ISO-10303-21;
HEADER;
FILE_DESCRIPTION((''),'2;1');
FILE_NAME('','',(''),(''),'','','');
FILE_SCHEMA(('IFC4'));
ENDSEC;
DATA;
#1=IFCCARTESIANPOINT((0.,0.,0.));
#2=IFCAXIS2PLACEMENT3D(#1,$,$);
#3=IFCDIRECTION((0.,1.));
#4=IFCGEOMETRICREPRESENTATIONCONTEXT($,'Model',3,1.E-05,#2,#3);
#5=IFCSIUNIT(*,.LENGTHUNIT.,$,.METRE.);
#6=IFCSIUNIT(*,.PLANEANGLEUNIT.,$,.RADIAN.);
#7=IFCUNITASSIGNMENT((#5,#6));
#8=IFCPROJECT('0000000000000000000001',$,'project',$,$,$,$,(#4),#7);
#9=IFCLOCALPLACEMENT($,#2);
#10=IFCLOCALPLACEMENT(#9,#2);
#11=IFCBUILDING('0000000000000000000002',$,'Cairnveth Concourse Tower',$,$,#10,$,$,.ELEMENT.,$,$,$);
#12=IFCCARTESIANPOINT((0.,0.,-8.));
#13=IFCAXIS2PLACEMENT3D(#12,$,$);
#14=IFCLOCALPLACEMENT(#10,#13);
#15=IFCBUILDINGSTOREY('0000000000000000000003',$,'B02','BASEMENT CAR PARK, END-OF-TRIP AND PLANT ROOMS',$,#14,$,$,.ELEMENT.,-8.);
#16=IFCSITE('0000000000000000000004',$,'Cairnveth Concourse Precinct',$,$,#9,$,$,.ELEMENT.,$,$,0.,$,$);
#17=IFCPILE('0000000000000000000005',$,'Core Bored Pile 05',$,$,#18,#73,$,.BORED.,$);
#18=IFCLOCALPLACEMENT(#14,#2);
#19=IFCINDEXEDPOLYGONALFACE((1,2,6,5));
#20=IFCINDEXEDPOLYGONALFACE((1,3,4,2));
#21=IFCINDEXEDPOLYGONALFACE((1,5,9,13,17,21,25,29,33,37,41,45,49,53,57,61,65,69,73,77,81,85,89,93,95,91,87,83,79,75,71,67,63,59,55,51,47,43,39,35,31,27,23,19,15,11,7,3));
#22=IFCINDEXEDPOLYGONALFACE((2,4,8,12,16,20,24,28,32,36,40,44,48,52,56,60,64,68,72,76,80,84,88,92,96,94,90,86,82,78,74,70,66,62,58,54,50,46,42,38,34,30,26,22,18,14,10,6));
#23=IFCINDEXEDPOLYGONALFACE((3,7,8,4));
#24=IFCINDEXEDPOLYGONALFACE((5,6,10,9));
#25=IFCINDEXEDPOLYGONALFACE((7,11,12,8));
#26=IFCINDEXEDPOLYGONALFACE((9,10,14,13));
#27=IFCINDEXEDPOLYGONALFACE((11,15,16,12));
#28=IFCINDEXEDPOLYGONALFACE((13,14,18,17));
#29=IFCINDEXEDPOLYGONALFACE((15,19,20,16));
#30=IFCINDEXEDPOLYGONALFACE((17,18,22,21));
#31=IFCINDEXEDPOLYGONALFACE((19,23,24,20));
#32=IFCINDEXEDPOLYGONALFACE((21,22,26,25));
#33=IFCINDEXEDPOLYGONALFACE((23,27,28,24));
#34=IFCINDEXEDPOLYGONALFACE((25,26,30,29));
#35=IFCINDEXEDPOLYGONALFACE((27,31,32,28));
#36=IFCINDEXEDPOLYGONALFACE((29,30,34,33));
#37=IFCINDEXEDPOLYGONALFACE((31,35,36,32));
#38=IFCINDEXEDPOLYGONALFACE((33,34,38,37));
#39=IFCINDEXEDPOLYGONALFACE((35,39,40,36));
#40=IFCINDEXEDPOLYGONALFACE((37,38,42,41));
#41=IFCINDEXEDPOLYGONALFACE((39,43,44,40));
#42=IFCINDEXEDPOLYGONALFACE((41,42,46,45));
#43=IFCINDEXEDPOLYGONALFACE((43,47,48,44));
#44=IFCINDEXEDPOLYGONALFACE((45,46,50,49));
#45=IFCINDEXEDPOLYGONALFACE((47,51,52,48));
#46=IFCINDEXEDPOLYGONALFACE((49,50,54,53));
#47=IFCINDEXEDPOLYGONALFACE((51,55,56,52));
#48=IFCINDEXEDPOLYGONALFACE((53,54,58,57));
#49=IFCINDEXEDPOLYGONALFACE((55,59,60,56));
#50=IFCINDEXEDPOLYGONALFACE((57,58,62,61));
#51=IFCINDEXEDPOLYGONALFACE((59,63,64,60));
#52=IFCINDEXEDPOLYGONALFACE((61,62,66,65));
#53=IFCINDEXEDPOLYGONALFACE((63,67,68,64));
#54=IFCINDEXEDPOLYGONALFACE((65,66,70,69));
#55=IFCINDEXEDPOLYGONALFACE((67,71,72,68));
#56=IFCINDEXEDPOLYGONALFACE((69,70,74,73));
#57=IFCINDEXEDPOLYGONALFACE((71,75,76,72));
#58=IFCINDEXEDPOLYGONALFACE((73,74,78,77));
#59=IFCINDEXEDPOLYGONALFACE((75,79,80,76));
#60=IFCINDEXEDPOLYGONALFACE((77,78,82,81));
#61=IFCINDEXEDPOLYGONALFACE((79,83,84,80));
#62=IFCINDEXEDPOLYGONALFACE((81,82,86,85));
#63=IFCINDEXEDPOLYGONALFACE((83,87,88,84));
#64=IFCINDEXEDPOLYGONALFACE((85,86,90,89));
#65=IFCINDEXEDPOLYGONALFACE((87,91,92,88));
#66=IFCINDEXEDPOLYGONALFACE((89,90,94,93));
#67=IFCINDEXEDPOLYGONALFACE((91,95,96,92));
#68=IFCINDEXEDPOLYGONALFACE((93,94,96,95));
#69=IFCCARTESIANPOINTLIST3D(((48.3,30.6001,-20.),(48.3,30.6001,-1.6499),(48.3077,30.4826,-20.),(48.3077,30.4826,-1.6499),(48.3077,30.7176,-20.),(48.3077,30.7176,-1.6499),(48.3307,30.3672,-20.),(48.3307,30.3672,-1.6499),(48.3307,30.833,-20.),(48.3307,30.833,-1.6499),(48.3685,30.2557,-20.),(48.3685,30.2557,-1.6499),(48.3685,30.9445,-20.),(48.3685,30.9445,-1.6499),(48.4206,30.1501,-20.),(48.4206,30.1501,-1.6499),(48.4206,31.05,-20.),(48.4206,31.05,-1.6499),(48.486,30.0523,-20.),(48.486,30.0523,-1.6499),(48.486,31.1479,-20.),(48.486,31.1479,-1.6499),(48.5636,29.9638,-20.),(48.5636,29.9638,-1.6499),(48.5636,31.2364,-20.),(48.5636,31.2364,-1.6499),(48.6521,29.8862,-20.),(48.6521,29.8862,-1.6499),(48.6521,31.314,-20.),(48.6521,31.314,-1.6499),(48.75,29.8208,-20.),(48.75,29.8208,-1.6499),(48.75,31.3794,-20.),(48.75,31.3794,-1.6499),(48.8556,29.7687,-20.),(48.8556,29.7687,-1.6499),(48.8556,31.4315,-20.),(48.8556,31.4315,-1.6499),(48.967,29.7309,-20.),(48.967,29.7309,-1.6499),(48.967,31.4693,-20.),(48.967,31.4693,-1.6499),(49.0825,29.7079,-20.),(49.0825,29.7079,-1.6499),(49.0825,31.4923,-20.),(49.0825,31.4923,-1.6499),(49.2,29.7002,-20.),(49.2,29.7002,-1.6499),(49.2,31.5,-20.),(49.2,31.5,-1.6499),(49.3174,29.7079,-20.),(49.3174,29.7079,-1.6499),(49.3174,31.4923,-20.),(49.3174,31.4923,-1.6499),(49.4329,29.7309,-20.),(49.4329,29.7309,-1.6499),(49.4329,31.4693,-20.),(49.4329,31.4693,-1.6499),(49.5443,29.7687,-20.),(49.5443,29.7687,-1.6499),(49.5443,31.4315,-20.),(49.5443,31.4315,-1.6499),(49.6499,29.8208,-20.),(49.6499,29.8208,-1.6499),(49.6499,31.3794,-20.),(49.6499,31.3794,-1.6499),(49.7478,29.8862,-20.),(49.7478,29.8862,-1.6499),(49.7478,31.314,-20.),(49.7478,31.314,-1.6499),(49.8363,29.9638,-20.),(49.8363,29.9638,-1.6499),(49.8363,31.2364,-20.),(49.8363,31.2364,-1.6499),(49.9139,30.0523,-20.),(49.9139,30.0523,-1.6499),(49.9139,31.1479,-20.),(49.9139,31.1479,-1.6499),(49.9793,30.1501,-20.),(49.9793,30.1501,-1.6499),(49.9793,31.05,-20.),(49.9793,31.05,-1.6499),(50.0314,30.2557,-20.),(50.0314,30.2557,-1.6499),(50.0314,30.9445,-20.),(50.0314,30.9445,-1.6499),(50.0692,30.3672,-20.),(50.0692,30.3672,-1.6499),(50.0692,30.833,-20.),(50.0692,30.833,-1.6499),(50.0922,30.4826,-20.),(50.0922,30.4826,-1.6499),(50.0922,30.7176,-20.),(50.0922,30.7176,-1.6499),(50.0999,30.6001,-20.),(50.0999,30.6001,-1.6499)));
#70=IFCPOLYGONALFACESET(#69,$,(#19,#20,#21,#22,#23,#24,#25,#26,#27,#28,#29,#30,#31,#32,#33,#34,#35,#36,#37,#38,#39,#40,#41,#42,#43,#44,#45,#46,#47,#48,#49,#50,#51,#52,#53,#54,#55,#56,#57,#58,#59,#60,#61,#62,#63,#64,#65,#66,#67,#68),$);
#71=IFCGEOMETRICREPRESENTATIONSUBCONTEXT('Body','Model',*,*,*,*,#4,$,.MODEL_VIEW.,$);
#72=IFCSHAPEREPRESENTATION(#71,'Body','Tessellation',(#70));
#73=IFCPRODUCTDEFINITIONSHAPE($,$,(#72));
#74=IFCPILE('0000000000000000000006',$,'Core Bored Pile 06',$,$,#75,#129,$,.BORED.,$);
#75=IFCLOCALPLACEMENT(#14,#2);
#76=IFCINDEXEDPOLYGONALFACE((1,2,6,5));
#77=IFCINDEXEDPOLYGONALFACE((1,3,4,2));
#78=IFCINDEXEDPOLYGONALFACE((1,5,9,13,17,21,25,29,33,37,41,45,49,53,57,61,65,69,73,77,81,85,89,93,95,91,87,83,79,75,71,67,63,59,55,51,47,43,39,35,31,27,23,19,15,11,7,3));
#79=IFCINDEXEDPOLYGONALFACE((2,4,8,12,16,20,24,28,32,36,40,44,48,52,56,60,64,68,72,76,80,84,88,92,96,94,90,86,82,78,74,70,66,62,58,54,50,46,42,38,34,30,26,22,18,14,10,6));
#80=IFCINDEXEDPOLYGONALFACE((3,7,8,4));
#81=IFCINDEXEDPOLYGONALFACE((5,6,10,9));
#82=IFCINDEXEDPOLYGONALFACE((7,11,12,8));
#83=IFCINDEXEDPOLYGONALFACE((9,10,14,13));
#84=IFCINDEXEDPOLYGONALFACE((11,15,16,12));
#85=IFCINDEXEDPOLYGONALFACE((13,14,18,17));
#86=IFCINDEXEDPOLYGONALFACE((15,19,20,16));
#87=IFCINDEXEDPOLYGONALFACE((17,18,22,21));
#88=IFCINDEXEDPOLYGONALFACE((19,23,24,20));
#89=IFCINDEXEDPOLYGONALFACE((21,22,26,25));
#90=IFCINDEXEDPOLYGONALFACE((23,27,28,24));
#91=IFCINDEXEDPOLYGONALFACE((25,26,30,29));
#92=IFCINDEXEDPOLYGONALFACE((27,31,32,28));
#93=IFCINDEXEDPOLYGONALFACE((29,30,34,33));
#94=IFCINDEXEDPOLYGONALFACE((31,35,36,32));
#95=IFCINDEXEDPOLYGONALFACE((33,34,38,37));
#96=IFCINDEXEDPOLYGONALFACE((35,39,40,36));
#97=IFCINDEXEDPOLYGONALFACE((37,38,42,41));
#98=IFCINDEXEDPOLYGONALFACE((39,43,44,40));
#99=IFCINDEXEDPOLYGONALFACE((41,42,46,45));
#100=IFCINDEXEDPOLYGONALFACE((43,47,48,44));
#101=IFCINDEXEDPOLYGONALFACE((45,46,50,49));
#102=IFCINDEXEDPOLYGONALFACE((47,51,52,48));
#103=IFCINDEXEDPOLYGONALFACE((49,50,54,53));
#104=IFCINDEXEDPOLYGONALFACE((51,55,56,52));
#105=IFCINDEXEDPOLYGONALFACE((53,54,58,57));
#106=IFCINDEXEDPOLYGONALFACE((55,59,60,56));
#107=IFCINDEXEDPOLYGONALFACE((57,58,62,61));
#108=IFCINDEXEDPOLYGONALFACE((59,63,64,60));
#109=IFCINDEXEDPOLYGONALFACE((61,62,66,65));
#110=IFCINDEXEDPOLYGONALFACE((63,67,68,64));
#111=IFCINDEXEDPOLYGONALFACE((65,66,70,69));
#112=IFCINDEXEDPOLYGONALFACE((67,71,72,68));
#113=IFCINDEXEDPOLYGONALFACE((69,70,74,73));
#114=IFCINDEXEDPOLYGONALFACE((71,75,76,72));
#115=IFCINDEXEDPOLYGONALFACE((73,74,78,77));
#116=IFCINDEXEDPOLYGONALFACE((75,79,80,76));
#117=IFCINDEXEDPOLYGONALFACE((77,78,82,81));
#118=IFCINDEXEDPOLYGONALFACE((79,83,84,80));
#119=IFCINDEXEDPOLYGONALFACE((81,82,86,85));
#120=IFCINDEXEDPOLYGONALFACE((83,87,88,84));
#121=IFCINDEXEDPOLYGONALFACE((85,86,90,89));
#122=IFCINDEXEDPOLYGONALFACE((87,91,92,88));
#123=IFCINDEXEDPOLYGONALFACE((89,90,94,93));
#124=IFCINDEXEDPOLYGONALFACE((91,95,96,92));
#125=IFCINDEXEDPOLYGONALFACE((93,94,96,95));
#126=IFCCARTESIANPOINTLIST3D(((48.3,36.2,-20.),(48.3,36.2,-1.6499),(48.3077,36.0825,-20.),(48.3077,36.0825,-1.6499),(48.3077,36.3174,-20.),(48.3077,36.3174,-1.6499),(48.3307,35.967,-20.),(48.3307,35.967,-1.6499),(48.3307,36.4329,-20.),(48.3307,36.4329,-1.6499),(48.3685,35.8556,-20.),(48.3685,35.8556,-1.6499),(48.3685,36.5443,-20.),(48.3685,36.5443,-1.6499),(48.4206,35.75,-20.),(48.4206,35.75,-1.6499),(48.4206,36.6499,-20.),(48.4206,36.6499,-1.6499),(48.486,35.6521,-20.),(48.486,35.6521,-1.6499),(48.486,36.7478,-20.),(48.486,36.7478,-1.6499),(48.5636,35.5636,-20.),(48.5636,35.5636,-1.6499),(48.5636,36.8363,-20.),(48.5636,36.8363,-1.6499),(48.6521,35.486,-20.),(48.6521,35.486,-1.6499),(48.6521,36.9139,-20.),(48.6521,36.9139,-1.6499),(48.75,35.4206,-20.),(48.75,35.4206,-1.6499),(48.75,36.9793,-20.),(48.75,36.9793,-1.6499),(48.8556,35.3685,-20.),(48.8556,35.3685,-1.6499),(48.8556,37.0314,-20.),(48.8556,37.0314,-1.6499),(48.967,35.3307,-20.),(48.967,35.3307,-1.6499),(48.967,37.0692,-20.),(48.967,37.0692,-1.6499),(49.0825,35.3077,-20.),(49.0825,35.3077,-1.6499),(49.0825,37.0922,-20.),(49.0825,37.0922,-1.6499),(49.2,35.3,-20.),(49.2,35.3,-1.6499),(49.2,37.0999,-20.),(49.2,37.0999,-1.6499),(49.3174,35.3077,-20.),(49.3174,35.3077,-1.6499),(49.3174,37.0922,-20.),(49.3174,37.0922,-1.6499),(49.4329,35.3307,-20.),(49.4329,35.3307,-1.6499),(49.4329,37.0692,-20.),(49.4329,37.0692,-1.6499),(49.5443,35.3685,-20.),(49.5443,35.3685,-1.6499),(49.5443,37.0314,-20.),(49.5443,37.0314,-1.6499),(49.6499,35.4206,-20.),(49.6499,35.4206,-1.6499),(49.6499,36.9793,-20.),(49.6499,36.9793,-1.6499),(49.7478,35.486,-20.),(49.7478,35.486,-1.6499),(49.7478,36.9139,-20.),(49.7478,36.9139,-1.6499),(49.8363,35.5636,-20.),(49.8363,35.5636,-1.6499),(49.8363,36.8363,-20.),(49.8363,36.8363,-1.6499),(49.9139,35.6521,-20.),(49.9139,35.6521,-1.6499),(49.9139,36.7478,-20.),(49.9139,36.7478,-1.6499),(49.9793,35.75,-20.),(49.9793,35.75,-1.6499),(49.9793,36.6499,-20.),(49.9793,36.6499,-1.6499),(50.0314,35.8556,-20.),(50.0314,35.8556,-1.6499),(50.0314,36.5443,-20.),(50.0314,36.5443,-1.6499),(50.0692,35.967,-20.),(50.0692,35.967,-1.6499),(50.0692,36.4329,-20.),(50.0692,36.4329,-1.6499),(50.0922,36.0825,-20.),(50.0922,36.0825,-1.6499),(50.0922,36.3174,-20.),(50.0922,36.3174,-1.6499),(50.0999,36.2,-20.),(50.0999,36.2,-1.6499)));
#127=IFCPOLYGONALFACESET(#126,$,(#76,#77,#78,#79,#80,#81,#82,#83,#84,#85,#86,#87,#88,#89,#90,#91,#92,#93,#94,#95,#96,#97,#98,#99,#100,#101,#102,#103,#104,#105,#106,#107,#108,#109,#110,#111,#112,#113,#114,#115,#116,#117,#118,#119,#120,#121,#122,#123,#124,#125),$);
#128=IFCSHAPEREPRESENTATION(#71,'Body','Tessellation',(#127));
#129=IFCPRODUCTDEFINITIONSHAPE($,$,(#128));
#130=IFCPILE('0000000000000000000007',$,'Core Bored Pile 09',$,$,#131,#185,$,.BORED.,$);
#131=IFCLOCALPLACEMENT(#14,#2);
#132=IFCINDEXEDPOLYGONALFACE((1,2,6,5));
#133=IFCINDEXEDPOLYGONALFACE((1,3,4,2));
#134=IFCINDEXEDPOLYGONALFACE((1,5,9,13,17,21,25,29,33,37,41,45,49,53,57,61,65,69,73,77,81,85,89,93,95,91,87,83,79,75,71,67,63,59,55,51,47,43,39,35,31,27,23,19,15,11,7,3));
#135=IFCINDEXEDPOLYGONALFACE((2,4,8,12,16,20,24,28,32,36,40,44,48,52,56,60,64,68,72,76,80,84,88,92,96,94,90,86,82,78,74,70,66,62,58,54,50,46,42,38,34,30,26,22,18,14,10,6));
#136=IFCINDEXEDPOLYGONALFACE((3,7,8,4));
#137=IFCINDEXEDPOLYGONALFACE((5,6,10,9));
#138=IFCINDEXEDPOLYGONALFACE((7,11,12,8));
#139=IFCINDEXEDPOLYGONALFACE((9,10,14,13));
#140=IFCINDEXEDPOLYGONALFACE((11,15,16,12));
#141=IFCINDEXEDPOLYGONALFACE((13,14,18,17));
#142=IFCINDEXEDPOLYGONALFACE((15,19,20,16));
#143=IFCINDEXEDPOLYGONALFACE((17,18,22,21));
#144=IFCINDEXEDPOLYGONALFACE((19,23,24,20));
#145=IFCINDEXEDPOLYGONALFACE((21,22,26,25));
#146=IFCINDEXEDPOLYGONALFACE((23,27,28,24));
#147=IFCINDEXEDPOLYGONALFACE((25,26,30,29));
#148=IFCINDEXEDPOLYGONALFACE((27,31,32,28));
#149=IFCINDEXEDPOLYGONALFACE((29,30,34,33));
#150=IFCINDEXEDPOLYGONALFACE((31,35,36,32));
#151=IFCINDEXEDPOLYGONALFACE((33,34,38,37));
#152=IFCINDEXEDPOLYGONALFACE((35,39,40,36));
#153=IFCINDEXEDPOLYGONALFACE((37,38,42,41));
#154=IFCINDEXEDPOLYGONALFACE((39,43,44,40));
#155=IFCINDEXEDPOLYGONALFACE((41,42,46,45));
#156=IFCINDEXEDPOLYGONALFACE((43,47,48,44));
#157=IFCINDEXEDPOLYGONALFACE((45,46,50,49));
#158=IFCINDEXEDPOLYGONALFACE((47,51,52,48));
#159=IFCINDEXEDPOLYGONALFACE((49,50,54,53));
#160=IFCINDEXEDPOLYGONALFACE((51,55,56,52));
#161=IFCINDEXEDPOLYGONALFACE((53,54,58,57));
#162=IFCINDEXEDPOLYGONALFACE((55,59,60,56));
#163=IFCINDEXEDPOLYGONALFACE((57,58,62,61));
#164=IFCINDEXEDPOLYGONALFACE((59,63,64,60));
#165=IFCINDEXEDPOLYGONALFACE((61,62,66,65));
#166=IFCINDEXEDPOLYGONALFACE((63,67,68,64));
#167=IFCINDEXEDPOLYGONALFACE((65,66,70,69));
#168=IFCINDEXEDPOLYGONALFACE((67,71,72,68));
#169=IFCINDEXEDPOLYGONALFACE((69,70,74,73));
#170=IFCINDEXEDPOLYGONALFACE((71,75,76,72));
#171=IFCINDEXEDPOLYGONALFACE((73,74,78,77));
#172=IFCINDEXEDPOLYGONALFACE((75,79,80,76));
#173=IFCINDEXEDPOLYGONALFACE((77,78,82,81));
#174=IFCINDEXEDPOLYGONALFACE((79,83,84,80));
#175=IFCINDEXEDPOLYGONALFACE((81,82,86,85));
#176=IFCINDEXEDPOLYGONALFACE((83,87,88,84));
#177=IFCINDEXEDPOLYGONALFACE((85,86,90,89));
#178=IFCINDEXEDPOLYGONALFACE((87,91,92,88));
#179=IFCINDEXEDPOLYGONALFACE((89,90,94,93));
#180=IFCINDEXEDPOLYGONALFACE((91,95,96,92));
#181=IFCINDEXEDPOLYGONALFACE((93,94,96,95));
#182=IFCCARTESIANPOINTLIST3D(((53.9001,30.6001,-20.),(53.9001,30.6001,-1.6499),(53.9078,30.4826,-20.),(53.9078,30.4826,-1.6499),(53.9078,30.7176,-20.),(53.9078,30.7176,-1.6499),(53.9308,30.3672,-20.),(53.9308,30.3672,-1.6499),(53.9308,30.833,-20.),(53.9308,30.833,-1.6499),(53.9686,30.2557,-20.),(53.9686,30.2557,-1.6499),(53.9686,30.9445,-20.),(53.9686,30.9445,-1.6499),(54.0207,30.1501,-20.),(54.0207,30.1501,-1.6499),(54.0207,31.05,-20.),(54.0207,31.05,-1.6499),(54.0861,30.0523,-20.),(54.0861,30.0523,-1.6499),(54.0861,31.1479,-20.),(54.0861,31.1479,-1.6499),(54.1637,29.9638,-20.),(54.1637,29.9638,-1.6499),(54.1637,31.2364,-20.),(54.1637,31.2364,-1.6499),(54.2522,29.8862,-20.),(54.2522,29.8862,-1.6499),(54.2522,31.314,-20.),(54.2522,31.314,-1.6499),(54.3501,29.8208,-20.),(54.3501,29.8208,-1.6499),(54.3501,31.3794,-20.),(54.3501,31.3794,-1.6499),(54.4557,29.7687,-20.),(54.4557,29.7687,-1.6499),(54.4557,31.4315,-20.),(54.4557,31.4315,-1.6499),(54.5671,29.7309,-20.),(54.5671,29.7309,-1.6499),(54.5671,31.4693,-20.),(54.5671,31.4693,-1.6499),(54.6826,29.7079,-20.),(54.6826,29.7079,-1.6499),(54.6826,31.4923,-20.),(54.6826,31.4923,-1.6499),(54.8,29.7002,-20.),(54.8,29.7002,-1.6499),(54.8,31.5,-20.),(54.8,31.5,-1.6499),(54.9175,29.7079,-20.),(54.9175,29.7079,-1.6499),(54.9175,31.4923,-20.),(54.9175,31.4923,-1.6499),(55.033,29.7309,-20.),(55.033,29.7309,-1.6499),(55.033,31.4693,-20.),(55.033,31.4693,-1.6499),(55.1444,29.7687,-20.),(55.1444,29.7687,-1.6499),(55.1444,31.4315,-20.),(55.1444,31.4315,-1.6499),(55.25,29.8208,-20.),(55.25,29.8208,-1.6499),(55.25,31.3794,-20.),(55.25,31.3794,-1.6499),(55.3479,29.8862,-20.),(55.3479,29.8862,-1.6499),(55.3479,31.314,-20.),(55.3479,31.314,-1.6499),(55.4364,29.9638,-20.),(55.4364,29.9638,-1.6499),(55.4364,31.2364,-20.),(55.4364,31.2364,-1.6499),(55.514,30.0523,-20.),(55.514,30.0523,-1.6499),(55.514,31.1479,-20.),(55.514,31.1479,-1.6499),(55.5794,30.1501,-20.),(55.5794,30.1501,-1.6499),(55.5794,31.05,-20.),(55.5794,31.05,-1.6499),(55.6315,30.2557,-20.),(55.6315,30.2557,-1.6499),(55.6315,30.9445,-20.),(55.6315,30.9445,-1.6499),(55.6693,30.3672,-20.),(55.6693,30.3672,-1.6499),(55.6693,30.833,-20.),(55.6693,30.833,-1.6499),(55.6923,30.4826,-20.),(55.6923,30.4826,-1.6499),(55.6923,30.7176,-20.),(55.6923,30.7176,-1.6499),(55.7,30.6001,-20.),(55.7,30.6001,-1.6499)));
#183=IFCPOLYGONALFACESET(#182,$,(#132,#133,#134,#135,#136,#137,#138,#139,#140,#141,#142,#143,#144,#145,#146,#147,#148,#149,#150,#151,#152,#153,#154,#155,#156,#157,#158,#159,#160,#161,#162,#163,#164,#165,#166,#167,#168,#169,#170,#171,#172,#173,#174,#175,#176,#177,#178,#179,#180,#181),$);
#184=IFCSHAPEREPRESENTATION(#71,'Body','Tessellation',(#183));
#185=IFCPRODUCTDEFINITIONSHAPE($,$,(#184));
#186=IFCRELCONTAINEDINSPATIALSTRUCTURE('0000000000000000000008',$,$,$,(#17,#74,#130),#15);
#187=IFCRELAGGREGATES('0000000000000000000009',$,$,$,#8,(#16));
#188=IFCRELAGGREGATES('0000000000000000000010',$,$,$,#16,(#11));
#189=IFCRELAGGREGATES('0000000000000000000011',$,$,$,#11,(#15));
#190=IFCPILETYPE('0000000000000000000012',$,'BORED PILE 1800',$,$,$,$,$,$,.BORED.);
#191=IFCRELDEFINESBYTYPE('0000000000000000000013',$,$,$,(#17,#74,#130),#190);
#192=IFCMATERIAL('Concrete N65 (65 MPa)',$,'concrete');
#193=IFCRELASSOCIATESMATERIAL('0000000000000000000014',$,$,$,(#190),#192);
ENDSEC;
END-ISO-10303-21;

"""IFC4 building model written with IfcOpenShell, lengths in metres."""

from ifc_helpers import new_model, si_unit, direction, frame, origin, origin_2d, place, context, subcontext, project, spatial, circle, extrude, material, material_profile, profile_set, type_object, element, save


model = new_model("IFC4")

# Units and contexts
model_context = context("Model", 3, precision=1e-05, world=origin(), true_north=direction((0.0, 1.0)))
body_context = subcontext(model_context, "Body", "Model", "MODEL_VIEW")
ifc_project = project(units=[si_unit("LENGTHUNIT", "METRE"), si_unit("PLANEANGLEUNIT", "RADIAN")], contexts=[model_context])

# Site, building, storey
site_placement = place(None, origin())
site = spatial("IfcSite", under=ifc_project, at=site_placement, Name="Cairnveth Concourse Precinct", CompositionType="ELEMENT", RefElevation=0.0)
building_placement = place(site_placement, origin())
building = spatial("IfcBuilding", under=site, at=building_placement, Name="Cairnveth Concourse Tower", CompositionType="ELEMENT")
storey_placement = place(building_placement, frame((0.0, 0.0, -8.0)))
storey = spatial("IfcBuildingStorey", under=building, at=storey_placement, Name="B02", Description="BASEMENT CAR PARK, END-OF-TRIP AND PLANT ROOMS", CompositionType="ELEMENT", Elevation=-8.0)

# Piles
ifc_material_1 = material(Name="Concrete N65 (65 MPa)", Category="concrete")
ifc_material_profile_1 = material_profile(ifc_material_1, circle(Radius=0.8999, at=origin_2d()), Name="PILE-1800")
ifc_profile_set_1 = profile_set([ifc_material_profile_1], Name="Concrete N65 (65 MPa)")
pile_type_1 = type_object("IfcPileType", Name="BORED PILE 1800", PredefinedType="BORED", material=ifc_profile_set_1)
for number, where, z_axis, x_axis, name in (
    (1, (49.2, 30.6001, -1.6499), (0.0, 0.0, -1.0), (1.0, 0.0, 0.0), "Core Bored Pile 05"),
    (2, (49.2, 36.2, -1.6499), (0.0, 0.0, -1.0), (1.0, 0.0, 0.0), "Core Bored Pile 06"),
    (3, (54.8, 30.6001, -1.6499), (0.0, 0.0, -1.0), (1.0, 0.0, 0.0), "Core Bored Pile 09"),
):
    element("IfcPile", number, at=place(storey_placement, frame(where, z_axis=z_axis, x_axis=x_axis)), inside=storey, type_object=pile_type_1, Name=name, PredefinedType="BORED", context=body_context, shape_type="SweptSolid", body=[
        extrude(circle(Radius=0.8999, at=origin_2d()), origin(), (0.0, 0.0, 1.0), 18.3501),
    ])

save(model, "model.ifc")
